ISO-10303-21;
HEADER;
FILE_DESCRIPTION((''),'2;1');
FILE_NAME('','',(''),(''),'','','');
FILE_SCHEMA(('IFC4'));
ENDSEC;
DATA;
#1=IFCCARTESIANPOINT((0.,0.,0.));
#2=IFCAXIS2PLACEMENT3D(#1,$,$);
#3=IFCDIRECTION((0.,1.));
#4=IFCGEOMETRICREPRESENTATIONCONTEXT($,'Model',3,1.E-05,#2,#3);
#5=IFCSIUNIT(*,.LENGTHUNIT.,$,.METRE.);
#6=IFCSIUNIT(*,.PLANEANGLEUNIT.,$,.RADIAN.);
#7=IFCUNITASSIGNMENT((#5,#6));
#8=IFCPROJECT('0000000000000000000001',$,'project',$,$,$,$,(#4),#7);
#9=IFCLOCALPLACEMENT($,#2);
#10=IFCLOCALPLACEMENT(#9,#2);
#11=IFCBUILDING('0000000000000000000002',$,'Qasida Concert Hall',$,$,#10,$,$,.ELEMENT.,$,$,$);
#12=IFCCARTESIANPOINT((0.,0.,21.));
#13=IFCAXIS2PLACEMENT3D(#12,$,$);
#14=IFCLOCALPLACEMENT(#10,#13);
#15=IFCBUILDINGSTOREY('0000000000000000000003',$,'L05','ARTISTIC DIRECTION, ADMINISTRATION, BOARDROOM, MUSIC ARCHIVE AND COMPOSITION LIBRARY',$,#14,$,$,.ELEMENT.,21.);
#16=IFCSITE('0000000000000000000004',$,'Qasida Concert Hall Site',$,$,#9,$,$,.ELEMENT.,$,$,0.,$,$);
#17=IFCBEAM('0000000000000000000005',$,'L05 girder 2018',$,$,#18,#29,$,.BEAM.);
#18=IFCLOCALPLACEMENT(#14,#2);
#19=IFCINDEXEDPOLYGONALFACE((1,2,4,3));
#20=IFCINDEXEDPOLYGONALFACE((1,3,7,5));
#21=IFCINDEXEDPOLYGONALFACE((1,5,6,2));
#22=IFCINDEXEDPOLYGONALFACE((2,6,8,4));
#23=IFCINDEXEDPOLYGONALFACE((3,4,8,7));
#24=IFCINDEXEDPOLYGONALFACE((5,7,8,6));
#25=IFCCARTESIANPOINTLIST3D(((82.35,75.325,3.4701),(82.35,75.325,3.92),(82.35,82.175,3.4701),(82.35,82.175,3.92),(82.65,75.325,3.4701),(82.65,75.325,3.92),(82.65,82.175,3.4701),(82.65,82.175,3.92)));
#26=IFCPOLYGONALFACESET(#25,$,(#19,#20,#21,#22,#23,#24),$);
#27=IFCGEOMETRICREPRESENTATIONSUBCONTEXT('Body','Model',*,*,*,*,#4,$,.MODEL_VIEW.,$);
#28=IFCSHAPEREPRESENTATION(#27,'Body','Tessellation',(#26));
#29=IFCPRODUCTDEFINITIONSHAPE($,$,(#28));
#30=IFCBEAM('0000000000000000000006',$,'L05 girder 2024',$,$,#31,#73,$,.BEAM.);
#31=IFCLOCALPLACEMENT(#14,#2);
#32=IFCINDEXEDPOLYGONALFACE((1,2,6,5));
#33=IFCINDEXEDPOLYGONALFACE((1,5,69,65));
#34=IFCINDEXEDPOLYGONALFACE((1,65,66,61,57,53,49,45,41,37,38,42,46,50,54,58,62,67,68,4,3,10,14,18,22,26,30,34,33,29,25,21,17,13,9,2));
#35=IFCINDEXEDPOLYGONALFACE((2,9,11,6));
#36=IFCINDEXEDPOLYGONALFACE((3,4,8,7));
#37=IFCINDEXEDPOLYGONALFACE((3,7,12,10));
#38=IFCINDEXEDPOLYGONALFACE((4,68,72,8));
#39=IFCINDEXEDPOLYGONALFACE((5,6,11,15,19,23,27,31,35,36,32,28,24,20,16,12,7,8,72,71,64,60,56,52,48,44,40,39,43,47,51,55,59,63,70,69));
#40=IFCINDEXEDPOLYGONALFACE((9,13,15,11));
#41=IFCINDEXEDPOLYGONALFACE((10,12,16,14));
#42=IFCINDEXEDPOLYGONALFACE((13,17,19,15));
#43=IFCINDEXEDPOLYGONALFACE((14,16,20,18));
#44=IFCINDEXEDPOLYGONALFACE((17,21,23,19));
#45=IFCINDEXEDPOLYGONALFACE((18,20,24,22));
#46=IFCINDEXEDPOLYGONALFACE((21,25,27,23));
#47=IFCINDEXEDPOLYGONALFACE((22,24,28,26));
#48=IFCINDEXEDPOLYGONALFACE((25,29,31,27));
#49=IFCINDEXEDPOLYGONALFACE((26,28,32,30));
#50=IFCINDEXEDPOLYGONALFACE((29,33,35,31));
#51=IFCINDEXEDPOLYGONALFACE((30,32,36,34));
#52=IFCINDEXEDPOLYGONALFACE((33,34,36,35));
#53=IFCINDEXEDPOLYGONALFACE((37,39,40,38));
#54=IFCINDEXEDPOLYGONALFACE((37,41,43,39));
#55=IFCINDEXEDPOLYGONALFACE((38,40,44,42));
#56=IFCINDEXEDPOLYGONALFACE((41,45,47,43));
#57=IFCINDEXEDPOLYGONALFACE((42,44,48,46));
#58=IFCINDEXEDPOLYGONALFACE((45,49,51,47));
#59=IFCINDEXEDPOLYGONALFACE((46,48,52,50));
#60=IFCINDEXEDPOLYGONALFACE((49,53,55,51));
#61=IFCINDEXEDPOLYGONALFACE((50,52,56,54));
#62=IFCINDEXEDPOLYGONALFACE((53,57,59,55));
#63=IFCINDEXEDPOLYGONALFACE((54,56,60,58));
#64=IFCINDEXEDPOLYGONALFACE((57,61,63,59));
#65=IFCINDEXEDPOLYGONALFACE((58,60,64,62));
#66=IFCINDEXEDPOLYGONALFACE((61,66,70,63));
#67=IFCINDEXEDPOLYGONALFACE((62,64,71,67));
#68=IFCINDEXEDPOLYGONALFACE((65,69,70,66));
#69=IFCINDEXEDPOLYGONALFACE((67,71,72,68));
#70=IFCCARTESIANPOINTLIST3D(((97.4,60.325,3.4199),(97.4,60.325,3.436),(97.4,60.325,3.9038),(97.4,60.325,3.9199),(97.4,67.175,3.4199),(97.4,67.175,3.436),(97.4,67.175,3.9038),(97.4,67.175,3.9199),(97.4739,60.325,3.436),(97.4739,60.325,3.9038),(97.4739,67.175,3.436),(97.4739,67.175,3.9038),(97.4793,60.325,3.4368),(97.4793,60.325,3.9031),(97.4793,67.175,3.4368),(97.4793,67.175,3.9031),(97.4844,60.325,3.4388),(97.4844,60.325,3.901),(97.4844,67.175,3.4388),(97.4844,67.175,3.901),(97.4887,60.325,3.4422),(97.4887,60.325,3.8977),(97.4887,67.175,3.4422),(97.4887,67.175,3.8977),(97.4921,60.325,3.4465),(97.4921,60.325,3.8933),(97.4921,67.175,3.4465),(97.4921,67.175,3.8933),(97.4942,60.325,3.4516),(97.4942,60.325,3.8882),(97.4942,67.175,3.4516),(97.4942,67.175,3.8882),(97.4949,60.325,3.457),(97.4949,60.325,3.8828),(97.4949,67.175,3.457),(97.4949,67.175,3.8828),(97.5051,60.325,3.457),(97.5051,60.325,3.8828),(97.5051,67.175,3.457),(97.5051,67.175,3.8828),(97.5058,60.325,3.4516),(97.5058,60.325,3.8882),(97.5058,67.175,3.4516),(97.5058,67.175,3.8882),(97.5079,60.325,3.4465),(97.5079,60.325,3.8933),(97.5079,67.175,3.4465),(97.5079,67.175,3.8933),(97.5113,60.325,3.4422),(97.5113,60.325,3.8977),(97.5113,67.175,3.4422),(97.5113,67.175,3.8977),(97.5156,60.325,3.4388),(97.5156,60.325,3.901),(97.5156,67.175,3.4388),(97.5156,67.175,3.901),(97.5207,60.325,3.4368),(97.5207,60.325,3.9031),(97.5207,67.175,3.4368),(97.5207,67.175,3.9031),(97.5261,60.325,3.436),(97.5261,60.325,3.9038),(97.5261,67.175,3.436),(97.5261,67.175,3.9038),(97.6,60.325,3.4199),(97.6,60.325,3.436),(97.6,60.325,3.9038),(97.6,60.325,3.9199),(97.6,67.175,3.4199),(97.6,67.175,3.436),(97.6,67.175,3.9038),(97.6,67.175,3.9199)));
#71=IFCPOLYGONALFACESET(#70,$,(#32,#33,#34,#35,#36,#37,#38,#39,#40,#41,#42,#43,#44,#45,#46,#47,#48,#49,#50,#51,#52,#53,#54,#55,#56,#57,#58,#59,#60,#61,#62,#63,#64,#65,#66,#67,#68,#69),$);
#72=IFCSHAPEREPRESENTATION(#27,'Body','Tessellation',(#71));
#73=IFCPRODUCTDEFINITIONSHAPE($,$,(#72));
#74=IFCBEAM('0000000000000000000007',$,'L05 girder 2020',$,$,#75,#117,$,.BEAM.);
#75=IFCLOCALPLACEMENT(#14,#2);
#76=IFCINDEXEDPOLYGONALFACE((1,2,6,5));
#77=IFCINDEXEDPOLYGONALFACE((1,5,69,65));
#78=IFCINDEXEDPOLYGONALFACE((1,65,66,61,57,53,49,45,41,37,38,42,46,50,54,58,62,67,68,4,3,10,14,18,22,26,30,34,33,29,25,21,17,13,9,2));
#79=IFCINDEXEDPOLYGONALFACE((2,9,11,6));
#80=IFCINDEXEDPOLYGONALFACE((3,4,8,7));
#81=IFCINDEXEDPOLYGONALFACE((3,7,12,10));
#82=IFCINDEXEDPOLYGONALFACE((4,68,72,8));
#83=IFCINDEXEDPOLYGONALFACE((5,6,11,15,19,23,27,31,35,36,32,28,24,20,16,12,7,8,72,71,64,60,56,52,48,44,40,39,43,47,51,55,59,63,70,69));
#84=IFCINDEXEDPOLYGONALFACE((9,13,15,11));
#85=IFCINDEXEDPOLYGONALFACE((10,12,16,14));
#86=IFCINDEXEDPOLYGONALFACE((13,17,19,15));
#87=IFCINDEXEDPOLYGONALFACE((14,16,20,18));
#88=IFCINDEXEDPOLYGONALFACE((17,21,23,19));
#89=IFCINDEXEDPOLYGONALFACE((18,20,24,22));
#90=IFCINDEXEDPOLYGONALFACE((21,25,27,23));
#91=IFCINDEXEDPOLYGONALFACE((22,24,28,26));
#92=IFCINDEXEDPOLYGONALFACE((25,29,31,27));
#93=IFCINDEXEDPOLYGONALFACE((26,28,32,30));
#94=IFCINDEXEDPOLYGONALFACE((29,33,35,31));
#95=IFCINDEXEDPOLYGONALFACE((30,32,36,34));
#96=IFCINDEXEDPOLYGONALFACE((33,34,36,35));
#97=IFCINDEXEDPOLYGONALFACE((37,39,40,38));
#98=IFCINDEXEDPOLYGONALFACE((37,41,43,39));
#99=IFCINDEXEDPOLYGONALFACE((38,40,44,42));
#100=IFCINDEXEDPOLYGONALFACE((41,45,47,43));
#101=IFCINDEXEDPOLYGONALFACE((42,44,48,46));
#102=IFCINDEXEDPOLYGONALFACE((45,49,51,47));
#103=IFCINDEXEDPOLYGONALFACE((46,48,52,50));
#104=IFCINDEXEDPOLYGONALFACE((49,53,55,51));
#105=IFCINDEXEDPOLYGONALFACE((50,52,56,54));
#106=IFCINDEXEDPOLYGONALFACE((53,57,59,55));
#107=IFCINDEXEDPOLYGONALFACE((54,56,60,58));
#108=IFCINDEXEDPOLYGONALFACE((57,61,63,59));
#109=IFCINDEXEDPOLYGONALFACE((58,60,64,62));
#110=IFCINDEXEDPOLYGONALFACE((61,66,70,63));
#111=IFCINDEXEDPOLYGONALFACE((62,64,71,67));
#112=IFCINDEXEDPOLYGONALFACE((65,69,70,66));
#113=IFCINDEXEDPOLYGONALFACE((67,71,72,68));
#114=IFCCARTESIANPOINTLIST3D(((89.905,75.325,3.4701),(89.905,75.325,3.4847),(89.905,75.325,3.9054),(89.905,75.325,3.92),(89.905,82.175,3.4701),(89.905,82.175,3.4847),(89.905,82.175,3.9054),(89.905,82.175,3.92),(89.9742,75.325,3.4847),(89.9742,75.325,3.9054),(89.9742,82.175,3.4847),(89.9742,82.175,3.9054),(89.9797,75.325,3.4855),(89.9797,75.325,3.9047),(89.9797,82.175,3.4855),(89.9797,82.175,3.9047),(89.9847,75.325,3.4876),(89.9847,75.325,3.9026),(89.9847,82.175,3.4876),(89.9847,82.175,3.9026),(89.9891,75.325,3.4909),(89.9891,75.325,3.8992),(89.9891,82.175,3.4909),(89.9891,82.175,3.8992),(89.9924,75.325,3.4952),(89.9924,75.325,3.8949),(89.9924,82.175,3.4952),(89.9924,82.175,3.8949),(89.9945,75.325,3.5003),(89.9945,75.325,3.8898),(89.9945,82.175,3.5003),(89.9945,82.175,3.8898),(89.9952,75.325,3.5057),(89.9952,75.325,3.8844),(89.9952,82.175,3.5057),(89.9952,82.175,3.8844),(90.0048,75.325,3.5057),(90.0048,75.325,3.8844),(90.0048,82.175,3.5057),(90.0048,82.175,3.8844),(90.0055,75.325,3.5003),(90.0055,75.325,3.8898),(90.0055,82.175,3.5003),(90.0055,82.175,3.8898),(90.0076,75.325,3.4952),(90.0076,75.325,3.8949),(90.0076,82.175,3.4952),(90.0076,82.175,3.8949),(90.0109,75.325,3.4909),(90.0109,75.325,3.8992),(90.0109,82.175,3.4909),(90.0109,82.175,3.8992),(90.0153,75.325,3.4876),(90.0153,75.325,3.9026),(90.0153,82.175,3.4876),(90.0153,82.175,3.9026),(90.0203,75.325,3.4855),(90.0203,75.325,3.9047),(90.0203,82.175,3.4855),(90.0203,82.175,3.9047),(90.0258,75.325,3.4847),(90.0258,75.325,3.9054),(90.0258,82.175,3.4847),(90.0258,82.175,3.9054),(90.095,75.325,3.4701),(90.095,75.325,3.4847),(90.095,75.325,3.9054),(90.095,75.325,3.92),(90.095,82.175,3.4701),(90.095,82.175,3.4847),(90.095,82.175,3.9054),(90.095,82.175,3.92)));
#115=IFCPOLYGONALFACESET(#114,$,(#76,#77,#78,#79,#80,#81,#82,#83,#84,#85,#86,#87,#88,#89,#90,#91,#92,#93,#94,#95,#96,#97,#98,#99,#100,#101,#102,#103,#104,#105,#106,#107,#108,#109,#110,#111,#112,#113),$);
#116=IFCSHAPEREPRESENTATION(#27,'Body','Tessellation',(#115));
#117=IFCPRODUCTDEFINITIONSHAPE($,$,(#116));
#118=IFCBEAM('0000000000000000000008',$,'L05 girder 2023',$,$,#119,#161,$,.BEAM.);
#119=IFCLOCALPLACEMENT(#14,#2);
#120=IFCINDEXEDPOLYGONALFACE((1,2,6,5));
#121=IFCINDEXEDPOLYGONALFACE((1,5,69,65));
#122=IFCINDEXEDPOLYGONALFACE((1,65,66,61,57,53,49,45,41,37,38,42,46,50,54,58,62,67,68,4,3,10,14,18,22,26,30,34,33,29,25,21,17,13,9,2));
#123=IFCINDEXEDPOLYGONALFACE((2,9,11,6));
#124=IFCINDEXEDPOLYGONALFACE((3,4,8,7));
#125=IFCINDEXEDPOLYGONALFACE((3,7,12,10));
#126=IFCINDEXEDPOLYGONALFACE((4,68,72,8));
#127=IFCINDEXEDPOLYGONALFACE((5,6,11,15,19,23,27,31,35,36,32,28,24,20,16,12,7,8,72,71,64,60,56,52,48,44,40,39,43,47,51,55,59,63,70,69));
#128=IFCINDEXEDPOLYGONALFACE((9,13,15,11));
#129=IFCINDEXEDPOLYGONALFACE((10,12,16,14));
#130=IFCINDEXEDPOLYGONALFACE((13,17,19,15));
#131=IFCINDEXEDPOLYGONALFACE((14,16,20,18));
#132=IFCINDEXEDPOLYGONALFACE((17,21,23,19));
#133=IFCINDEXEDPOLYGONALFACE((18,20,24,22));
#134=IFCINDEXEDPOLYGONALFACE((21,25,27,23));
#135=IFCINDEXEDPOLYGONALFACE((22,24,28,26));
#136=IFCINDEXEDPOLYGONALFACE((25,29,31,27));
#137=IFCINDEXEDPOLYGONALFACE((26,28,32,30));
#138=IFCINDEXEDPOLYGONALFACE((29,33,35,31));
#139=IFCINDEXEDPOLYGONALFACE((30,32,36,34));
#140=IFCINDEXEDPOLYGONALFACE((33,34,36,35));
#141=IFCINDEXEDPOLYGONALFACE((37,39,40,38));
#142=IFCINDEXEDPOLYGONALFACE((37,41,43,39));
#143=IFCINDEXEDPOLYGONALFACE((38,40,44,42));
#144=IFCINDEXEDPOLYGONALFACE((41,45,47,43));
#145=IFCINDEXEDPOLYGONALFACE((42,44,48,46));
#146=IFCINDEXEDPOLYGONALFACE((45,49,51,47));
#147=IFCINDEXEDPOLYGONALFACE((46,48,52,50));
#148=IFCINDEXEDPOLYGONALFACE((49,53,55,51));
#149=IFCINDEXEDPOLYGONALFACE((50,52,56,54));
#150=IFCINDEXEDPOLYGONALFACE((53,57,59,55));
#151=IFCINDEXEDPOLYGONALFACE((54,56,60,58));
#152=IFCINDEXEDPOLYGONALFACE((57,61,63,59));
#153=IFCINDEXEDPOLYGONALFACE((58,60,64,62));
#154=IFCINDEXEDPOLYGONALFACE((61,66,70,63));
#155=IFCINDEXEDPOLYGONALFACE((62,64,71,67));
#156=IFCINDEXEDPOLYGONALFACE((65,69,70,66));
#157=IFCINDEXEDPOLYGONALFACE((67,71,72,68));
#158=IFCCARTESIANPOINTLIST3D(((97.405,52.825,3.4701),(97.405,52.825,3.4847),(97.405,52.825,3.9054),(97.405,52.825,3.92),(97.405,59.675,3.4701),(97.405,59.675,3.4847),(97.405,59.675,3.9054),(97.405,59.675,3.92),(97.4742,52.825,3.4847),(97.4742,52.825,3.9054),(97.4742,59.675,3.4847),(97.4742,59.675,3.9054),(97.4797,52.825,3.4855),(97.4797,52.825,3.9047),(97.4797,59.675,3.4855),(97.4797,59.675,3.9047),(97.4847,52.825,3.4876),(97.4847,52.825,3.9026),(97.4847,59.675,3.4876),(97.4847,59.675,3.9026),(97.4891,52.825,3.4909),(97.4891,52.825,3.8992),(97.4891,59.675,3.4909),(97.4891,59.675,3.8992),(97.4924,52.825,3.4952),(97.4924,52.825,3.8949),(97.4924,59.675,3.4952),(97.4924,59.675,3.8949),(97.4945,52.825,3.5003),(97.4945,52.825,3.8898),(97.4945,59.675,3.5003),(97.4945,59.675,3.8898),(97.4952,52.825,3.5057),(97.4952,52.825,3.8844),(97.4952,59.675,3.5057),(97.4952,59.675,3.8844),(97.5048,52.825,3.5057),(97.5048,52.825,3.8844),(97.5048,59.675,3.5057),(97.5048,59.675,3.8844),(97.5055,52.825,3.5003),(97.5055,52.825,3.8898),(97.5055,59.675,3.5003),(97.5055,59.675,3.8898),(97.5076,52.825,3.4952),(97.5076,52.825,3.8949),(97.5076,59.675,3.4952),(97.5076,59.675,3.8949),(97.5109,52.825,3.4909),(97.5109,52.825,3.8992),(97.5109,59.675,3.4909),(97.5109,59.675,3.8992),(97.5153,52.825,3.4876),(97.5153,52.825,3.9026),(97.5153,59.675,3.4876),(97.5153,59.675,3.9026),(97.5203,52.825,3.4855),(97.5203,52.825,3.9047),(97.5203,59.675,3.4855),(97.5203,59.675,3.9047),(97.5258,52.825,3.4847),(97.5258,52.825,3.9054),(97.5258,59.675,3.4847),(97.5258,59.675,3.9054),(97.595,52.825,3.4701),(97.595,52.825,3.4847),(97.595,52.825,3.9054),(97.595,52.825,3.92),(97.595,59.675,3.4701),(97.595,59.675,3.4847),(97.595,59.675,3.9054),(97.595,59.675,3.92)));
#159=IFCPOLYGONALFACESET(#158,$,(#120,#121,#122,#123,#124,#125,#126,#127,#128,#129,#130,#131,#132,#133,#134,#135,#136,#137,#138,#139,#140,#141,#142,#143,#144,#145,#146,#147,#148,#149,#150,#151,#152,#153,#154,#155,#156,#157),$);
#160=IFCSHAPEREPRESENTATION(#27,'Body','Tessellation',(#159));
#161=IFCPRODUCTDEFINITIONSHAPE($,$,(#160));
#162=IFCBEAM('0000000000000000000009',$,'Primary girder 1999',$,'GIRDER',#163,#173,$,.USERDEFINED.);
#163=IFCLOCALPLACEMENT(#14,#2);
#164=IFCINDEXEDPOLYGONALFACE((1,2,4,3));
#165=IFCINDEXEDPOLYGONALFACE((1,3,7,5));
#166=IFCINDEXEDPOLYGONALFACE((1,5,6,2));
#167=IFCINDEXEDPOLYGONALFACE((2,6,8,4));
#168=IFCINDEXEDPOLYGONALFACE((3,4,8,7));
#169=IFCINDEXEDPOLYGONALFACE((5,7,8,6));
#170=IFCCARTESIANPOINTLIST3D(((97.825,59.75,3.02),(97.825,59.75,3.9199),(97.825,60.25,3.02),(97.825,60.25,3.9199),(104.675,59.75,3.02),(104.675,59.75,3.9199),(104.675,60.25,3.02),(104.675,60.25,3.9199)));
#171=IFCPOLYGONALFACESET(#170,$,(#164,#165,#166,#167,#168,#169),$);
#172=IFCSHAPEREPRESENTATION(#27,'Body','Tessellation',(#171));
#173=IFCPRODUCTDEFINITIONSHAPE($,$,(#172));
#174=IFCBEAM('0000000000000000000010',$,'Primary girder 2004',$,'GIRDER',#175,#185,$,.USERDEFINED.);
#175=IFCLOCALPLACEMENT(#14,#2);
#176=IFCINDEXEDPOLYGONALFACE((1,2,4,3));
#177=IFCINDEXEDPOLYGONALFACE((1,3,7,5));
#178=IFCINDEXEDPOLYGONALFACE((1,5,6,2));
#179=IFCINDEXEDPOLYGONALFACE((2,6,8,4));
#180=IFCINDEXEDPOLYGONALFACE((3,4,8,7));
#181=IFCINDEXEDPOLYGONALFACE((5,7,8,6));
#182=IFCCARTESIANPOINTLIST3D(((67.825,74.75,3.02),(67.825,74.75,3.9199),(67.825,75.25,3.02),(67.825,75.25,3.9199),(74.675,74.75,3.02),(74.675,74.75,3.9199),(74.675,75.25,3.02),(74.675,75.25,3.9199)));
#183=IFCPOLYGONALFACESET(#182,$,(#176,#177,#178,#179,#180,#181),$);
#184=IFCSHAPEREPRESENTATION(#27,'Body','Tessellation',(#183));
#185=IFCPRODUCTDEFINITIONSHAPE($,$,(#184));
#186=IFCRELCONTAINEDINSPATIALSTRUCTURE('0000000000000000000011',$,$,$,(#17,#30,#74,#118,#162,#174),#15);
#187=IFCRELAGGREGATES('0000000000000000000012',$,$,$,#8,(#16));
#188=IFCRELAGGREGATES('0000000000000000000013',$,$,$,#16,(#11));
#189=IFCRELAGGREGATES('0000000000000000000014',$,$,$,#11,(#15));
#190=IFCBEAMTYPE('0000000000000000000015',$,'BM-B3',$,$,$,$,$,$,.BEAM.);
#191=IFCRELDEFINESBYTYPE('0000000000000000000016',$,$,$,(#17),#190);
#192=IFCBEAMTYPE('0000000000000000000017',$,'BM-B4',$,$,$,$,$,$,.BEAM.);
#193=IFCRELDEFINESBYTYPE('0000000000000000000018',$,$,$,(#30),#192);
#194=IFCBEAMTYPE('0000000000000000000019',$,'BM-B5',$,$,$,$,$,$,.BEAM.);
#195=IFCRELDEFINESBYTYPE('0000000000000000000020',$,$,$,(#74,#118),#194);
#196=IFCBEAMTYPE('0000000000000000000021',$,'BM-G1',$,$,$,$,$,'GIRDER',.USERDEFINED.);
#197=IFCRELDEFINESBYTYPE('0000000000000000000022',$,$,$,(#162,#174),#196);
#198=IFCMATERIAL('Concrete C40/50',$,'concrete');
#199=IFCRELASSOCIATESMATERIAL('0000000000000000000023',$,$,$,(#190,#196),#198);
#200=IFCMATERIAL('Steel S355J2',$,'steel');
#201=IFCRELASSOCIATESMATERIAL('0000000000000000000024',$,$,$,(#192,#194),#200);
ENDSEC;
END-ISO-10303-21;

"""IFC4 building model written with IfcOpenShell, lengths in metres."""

from ifc_helpers import new_model, si_unit, direction, frame, origin, origin_2d, place, context, subcontext, project, spatial, rectangle, i_section, extrude, material, material_profile, profile_set, type_object, element, save


model = new_model("IFC4")

# Units and contexts
model_context = context("Model", 3, precision=1e-05, world=origin(), true_north=direction((0.0, 1.0)))
body_context = subcontext(model_context, "Body", "Model", "MODEL_VIEW")
ifc_project = project(units=[si_unit("LENGTHUNIT", "METRE"), si_unit("PLANEANGLEUNIT", "RADIAN")], contexts=[model_context])

# Site, building, storey
site_placement = place(None, origin())
site = spatial("IfcSite", under=ifc_project, at=site_placement, Name="Qasida Concert Hall Site", CompositionType="ELEMENT", RefElevation=0.0)
building_placement = place(site_placement, origin())
building = spatial("IfcBuilding", under=site, at=building_placement, Name="Qasida Concert Hall", CompositionType="ELEMENT")
storey_placement = place(building_placement, frame((0.0, 0.0, 21.0)))
storey = spatial("IfcBuildingStorey", under=building, at=storey_placement, Name="L05", Description="ARTISTIC DIRECTION, ADMINISTRATION, BOARDROOM, MUSIC ARCHIVE AND COMPOSITION LIBRARY", CompositionType="ELEMENT", Elevation=21.0)

# Beams
ifc_material_1 = material(Name="Concrete C40/50", Category="concrete")
ifc_material_2 = material(Name="Steel S355J2", Category="steel")
ifc_material_profile_1 = material_profile(ifc_material_1, rectangle(XDim=0.3, YDim=0.45, at=origin_2d()), Name="RC 300x450")
ifc_profile_set_1 = profile_set([ifc_material_profile_1], Name="Concrete C40/50")
beam_type_1 = type_object("IfcBeamType", Name="BM-B3", PredefinedType="BEAM", material=ifc_profile_set_1)
beam_1_placement = place(storey_placement, frame((82.5, 75.325, 3.6951), z_axis=(0.0, 1.0, 0.0), x_axis=(-1.0, 0.0, 0.0)))
element("IfcBeam", 1, at=beam_1_placement, inside=storey, type_object=beam_type_1, Name="L05 girder 2018", PredefinedType="BEAM", context=body_context, shape_type="SweptSolid", body=[
    extrude(rectangle(XDim=0.3, YDim=0.45, at=origin_2d()), origin(), (0.0, 0.0, 1.0), 6.8501),
])
ifc_material_profile_2 = material_profile(ifc_material_2, i_section(OverallWidth=0.2, OverallDepth=0.5, WebThickness=0.0103, FlangeThickness=0.0161, FilletRadius=0.021, at=origin_2d()), Name="IPE 500")
ifc_profile_set_2 = profile_set([ifc_material_profile_2], Name="Steel S355J2")
beam_type_2 = type_object("IfcBeamType", Name="BM-B4", PredefinedType="BEAM", material=ifc_profile_set_2)
beam_2_placement = place(storey_placement, frame((97.5, 60.325, 3.6699), z_axis=(0.0, 1.0, 0.0), x_axis=(-1.0, 0.0, 0.0)))
element("IfcBeam", 2, at=beam_2_placement, inside=storey, type_object=beam_type_2, Name="L05 girder 2024", PredefinedType="BEAM", context=body_context, shape_type="SweptSolid", body=[
    extrude(i_section(OverallWidth=0.2, OverallDepth=0.5, WebThickness=0.0103, FlangeThickness=0.0161, FilletRadius=0.021, at=origin_2d()), origin(), (0.0, 0.0, 1.0), 6.8501),
])
ifc_material_profile_3 = material_profile(ifc_material_2, i_section(OverallWidth=0.1899, OverallDepth=0.45, WebThickness=0.0095, FlangeThickness=0.0146, FilletRadius=0.021, at=origin_2d()), Name="IPE 450")
ifc_profile_set_3 = profile_set([ifc_material_profile_3], Name="Steel S355J2")
beam_type_3 = type_object("IfcBeamType", Name="BM-B5", PredefinedType="BEAM", material=ifc_profile_set_3)
for number, where, z_axis, x_axis, name in (
    (3, (90.0, 75.325, 3.6951), (0.0, 1.0, 0.0), (-1.0, 0.0, 0.0), "L05 girder 2020"),
    (4, (97.5, 52.825, 3.6951), (0.0, 1.0, 0.0), (-1.0, 0.0, 0.0), "L05 girder 2023"),
):
    element("IfcBeam", number, at=place(storey_placement, frame(where, z_axis=z_axis, x_axis=x_axis)), inside=storey, type_object=beam_type_3, Name=name, PredefinedType="BEAM", context=body_context, shape_type="SweptSolid", body=[
        extrude(i_section(OverallWidth=0.1899, OverallDepth=0.45, WebThickness=0.0095, FlangeThickness=0.0146, FilletRadius=0.021, at=origin_2d()), origin(), (0.0, 0.0, 1.0), 6.8501),
    ])
ifc_material_profile_4 = material_profile(ifc_material_1, rectangle(XDim=0.5, YDim=0.8999, at=origin_2d()), Name="RC 500x900")
ifc_profile_set_4 = profile_set([ifc_material_profile_4], Name="Concrete C40/50")
beam_type_4 = type_object("IfcBeamType", Name="BM-G1", ElementType="GIRDER", PredefinedType="USERDEFINED", material=ifc_profile_set_4)
for number, where, z_axis, x_axis, name in (
    (5, (97.825, 60.0, 3.47), (1.0, 0.0, 0.0), (0.0, 1.0, 0.0), "Primary girder 1999"),
    (6, (67.825, 75.0, 3.47), (1.0, 0.0, 0.0), (0.0, 1.0, 0.0), "Primary girder 2004"),
):
    element("IfcBeam", number, at=place(storey_placement, frame(where, z_axis=z_axis, x_axis=x_axis)), inside=storey, type_object=beam_type_4, Name=name, ObjectType="GIRDER", PredefinedType="USERDEFINED", context=body_context, shape_type="SweptSolid", body=[
        extrude(rectangle(XDim=0.5, YDim=0.8999, at=origin_2d()), origin(), (0.0, 0.0, 1.0), 6.8501),
    ])

save(model, "model.ifc")
